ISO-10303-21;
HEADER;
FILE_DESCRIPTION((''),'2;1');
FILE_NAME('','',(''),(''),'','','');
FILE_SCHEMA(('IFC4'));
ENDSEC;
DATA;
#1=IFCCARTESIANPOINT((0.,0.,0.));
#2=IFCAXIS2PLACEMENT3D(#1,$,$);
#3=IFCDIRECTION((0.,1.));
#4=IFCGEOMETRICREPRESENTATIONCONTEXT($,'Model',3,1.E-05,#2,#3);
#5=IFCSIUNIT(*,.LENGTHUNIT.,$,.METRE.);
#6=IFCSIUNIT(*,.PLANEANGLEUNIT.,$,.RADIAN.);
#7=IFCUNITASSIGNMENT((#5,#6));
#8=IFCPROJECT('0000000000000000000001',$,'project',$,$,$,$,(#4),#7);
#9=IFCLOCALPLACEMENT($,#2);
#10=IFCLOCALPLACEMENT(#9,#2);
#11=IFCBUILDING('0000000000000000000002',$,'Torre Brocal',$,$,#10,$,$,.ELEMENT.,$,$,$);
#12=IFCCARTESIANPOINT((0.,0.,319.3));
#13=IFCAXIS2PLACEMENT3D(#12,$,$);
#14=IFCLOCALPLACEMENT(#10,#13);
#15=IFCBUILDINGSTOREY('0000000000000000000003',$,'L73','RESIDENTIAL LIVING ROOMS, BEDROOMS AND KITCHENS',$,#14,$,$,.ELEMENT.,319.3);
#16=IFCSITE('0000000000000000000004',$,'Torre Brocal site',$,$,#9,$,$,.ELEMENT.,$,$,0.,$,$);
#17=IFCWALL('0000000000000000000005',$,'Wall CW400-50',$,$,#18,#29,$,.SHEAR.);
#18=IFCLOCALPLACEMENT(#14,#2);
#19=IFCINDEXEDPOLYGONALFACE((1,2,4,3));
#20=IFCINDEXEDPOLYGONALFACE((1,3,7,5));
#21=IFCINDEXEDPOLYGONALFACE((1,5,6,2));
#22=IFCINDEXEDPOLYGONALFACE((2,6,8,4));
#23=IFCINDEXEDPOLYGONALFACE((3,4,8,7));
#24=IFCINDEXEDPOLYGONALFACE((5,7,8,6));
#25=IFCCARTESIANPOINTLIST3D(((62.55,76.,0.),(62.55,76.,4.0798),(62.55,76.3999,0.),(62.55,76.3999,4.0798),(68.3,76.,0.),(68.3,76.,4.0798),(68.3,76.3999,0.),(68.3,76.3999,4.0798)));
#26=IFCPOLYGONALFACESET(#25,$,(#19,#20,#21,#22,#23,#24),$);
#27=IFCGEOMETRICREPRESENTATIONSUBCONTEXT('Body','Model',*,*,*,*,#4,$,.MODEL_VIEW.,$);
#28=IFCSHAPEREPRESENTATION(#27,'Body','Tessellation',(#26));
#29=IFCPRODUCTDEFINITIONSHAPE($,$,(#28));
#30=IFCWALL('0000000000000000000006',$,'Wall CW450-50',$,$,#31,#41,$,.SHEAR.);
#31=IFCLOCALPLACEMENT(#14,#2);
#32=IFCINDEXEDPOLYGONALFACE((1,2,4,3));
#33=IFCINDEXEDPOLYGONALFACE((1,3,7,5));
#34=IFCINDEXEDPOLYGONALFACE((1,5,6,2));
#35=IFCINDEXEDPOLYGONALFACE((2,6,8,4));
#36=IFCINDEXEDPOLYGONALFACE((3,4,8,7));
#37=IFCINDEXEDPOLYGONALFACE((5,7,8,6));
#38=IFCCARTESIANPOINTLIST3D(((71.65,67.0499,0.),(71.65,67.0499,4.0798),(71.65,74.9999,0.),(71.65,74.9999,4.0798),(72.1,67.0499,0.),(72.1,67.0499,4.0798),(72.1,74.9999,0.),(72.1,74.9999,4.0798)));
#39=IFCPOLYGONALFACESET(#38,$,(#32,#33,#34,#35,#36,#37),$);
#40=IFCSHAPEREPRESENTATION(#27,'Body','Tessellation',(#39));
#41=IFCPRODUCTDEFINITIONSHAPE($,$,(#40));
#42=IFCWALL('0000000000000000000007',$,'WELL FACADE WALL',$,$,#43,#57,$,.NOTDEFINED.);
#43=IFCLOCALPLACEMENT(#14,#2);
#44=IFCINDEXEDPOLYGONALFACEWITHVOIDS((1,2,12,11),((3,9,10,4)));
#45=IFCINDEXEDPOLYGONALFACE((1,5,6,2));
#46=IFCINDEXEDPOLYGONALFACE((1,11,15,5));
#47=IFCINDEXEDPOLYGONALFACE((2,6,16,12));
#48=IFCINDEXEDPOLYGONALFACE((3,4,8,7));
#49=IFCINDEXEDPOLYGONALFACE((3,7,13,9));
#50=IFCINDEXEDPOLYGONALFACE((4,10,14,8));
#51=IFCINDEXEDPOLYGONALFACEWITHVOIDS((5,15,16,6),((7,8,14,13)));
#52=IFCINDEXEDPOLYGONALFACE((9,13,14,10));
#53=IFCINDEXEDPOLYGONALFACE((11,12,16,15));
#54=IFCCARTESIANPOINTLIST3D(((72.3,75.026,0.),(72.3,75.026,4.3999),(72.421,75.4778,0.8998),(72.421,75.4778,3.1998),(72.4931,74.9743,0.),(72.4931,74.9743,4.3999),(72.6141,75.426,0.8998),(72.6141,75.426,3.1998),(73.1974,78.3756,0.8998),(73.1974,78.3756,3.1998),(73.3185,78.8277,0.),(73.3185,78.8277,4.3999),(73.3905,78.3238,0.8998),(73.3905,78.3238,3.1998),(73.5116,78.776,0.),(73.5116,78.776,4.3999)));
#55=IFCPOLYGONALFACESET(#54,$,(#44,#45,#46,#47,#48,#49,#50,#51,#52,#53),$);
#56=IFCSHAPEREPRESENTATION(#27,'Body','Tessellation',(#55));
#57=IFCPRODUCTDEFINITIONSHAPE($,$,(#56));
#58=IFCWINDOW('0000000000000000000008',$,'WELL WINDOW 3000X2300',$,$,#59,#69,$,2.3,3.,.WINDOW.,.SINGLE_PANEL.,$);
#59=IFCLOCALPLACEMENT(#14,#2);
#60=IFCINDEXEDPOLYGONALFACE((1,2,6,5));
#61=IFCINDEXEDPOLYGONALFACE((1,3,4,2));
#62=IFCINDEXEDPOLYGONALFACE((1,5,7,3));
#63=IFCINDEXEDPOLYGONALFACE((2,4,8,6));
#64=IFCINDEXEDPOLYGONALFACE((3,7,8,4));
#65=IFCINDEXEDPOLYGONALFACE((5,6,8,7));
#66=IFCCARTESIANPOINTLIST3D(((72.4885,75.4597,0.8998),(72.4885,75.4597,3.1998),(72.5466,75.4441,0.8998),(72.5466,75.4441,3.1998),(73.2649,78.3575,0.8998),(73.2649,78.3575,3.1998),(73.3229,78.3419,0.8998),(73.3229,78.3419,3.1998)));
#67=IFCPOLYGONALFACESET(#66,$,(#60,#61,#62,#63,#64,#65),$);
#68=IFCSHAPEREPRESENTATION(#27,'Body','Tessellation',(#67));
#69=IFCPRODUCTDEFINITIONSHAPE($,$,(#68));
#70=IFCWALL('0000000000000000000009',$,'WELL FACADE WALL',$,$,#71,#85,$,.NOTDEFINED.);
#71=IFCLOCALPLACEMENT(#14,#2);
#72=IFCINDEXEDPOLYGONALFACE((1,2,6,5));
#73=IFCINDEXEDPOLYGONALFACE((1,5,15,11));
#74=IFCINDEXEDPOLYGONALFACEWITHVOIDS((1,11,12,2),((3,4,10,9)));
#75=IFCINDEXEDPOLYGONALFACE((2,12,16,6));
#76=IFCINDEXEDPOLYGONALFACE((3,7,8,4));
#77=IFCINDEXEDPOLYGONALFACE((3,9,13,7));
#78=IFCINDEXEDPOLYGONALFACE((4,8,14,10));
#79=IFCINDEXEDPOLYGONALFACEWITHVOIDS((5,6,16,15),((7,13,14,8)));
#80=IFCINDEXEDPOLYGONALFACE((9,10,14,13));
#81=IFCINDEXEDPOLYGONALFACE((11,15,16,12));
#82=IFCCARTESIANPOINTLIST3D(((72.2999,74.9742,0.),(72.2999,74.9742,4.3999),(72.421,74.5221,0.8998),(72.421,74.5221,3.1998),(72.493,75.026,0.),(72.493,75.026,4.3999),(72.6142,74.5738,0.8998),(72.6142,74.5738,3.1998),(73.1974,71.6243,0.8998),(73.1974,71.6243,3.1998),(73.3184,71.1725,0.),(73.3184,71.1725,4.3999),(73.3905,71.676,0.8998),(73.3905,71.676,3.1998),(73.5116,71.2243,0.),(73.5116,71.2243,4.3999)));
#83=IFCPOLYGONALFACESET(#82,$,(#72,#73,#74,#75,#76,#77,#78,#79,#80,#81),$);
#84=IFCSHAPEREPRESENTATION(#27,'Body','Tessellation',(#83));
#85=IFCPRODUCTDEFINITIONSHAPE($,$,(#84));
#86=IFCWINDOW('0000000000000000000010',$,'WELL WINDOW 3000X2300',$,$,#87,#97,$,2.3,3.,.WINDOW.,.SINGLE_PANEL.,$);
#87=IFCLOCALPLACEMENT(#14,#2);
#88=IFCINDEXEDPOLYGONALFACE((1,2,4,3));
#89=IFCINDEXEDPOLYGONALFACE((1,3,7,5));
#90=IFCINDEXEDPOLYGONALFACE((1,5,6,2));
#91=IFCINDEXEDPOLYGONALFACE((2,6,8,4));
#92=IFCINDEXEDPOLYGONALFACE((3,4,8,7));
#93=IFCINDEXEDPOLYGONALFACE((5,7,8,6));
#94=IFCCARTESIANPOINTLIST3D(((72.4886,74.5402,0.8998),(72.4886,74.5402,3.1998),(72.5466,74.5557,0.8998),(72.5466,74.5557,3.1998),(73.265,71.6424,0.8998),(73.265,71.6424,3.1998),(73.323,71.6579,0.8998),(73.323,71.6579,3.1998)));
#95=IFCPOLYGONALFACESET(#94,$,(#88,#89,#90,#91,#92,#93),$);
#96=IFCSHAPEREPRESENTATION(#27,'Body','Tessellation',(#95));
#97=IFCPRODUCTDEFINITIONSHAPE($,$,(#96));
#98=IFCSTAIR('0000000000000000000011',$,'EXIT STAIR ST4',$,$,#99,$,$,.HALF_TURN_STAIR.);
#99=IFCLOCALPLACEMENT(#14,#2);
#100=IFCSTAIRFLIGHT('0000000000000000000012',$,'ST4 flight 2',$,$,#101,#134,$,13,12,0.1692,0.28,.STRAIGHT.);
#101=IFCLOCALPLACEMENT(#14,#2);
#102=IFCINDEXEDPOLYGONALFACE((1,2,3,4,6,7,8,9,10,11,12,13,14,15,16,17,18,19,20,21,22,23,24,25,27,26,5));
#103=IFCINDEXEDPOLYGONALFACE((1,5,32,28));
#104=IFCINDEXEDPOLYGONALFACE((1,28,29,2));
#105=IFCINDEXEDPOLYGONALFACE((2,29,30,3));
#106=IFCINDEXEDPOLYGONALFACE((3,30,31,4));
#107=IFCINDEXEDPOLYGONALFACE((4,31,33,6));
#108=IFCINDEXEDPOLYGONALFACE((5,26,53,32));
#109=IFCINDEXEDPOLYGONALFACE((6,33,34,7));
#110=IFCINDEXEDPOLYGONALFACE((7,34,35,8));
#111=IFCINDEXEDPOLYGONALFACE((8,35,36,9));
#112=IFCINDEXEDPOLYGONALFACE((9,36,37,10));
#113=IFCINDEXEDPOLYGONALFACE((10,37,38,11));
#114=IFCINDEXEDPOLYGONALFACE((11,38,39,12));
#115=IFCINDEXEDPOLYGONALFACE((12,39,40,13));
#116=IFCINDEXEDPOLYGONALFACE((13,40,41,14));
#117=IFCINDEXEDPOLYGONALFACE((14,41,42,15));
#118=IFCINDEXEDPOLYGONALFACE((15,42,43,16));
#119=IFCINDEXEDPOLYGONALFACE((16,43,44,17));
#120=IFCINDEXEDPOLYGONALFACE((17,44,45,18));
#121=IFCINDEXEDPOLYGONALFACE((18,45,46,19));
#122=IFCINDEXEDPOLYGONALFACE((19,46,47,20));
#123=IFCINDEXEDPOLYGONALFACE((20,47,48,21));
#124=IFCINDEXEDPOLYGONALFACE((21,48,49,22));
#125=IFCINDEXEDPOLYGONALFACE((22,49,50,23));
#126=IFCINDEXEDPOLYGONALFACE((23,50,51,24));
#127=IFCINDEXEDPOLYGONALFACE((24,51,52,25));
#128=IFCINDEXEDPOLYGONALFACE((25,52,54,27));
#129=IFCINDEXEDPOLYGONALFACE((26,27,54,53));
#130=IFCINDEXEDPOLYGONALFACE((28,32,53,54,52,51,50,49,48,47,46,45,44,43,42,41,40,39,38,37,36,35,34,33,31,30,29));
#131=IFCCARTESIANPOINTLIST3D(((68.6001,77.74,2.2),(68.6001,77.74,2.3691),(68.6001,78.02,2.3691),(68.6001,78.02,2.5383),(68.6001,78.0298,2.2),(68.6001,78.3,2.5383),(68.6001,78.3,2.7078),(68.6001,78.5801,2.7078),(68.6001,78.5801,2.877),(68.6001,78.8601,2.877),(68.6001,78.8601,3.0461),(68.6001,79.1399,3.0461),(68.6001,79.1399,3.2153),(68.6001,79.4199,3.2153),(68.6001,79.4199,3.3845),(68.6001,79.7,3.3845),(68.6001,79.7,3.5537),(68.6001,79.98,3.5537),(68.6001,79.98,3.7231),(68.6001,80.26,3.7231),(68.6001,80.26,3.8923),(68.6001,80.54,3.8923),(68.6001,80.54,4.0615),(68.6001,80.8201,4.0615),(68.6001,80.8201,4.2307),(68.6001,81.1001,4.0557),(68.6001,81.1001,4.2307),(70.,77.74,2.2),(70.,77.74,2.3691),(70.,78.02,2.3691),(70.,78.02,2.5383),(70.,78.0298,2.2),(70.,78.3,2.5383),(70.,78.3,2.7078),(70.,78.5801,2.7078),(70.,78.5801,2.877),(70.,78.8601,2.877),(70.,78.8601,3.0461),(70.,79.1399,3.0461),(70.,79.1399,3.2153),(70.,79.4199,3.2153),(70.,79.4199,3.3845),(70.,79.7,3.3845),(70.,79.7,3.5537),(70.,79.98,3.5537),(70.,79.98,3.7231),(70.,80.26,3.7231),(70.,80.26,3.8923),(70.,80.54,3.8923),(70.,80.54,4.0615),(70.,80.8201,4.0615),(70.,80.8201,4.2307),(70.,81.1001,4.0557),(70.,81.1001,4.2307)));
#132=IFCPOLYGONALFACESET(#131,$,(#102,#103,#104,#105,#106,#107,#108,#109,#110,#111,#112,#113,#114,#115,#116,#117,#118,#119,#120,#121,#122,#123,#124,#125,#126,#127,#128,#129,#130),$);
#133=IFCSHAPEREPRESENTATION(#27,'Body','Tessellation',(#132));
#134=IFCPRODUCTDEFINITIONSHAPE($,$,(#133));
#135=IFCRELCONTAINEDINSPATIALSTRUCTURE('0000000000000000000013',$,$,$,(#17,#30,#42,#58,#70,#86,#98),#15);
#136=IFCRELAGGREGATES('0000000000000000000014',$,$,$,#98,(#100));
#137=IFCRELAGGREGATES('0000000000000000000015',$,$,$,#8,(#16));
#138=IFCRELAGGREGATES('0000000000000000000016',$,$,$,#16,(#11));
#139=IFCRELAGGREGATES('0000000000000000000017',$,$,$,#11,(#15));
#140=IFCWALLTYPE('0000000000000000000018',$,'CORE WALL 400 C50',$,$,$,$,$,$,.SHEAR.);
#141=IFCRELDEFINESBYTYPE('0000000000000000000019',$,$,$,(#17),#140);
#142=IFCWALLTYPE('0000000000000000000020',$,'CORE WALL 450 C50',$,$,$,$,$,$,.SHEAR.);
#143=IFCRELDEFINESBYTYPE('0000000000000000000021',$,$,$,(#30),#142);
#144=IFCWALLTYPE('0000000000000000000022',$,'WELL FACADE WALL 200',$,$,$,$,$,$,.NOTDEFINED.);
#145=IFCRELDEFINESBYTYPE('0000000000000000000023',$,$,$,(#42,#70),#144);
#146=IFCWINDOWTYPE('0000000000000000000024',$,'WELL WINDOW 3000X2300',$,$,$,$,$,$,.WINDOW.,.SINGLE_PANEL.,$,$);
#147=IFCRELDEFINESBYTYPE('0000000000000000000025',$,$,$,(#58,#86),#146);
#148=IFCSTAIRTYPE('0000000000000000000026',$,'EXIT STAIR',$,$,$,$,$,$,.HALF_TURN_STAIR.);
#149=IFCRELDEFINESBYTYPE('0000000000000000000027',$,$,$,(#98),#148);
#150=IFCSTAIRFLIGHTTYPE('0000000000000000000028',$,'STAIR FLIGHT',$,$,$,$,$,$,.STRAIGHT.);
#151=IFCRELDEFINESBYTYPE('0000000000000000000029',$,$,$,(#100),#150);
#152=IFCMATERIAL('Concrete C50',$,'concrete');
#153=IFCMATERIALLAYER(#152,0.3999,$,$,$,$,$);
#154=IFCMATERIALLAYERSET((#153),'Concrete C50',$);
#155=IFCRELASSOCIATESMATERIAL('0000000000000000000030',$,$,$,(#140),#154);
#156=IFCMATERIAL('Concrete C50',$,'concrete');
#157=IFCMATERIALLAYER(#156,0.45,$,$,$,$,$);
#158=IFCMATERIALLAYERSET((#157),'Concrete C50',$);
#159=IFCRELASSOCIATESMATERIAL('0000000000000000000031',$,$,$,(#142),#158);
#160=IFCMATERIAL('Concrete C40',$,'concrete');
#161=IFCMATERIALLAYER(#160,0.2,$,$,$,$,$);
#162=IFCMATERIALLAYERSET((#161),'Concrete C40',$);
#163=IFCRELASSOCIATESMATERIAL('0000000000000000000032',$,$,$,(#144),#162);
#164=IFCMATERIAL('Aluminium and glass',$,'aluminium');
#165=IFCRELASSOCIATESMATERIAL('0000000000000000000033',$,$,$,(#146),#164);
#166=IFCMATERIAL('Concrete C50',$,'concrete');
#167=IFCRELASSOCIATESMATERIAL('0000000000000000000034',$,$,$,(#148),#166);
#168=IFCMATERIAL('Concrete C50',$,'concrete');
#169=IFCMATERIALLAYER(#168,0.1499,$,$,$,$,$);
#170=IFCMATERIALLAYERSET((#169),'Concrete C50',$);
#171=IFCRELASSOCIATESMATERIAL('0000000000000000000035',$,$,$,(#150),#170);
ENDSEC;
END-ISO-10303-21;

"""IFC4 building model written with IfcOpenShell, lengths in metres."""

from ifc_helpers import new_model, si_unit, direction, frame, frame_2d, origin, place, context, subcontext, project, spatial, polyline, rectangle, outline, extrude, material, layer, layer_set, type_object, element, fill, aggregate, save


model = new_model("IFC4")

# Units and contexts
model_context = context("Model", 3, precision=1e-05, world=origin(), true_north=direction((0.0, 1.0)))
body_context = subcontext(model_context, "Body", "Model", "MODEL_VIEW")
ifc_project = project(units=[si_unit("LENGTHUNIT", "METRE"), si_unit("PLANEANGLEUNIT", "RADIAN")], contexts=[model_context])

# Site, building, storey
site_placement = place(None, origin())
site = spatial("IfcSite", under=ifc_project, at=site_placement, Name="Torre Brocal site", CompositionType="ELEMENT", RefElevation=0.0)
building_placement = place(site_placement, origin())
building = spatial("IfcBuilding", under=site, at=building_placement, Name="Torre Brocal", CompositionType="ELEMENT")
storey_placement = place(building_placement, frame((0.0, 0.0, 319.3)))
storey = spatial("IfcBuildingStorey", under=building, at=storey_placement, Name="L73", Description="RESIDENTIAL LIVING ROOMS, BEDROOMS AND KITCHENS", CompositionType="ELEMENT", Elevation=319.3)

# Walls
ifc_material_1 = material(Name="Concrete C50", Category="concrete")
ifc_layer_1 = layer(ifc_material_1, 0.3999)
ifc_layer_set_1 = layer_set([ifc_layer_1], Name="Concrete C50")
wall_type_1 = type_object("IfcWallType", Name="CORE WALL 400 C50", PredefinedType="SHEAR", material=ifc_layer_set_1)
wall_1_placement = place(storey_placement, frame((68.3, 76.2, 0.0), z_axis=(0.0, 0.0, 1.0), x_axis=(-1.0, 0.0, 0.0)))
element("IfcWall", 1, at=wall_1_placement, inside=storey, type_object=wall_type_1, Name="Wall CW400-50", PredefinedType="SHEAR", context=body_context, shape_type="SweptSolid", body=[
    extrude(rectangle(XDim=5.75, YDim=0.3999, at=frame_2d((2.875, 0.0))), origin(), (0.0, 0.0, 1.0), 4.0798),
])
ifc_material_2 = material(Name="Concrete C50", Category="concrete")
ifc_layer_2 = layer(ifc_material_2, 0.45)
ifc_layer_set_2 = layer_set([ifc_layer_2], Name="Concrete C50")
wall_type_2 = type_object("IfcWallType", Name="CORE WALL 450 C50", PredefinedType="SHEAR", material=ifc_layer_set_2)
wall_2_placement = place(storey_placement, frame((71.875, 75.0, 0.0), z_axis=(0.0, 0.0, 1.0), x_axis=(0.0, -1.0, 0.0)))
element("IfcWall", 2, at=wall_2_placement, inside=storey, type_object=wall_type_2, Name="Wall CW450-50", PredefinedType="SHEAR", context=body_context, shape_type="SweptSolid", body=[
    extrude(rectangle(XDim=7.95, YDim=0.45, at=frame_2d((3.9751, 0.0))), origin(), (0.0, 0.0, 1.0), 4.0798),
])

# Walls, openings, windows
ifc_material_3 = material(Name="Concrete C40", Category="concrete")
ifc_layer_3 = layer(ifc_material_3, 0.2)
ifc_layer_set_3 = layer_set([ifc_layer_3], Name="Concrete C40")
wall_type_3 = type_object("IfcWallType", Name="WELL FACADE WALL 200", PredefinedType="NOTDEFINED", material=ifc_layer_set_3)
wall_3_placement = place(storey_placement, frame((73.415, 78.8018, 0.0), z_axis=(0.0, 0.0, 1.0), x_axis=(-0.25879, -0.965934, 0.0)))
wall_3 = element("IfcWall", 3, at=wall_3_placement, inside=storey, type_object=wall_type_3, Name="WELL FACADE WALL", PredefinedType="NOTDEFINED", context=body_context, shape_type="SweptSolid", body=[
    extrude(rectangle(XDim=3.9358, YDim=0.2, at=frame_2d((1.9678, 0.0))), origin(), (0.0, 0.0, 1.0), 4.3999),
])
opening_1_placement = place(wall_3_placement, frame((0.468, 0.0, 0.8999)))
opening_1 = element("IfcOpeningElement", 4, at=opening_1_placement, cuts=wall_3, PredefinedType="OPENING", context=body_context, shape_type="SweptSolid", body=[
    extrude(rectangle(XDim=3.0, YDim=2.3, at=frame_2d((1.5, 1.1499))), frame((0.0, 0.1099, 0.0), z_axis=(0.0, -1.0, 0.0), x_axis=(1.0, 0.0, 0.0)), (0.0, 0.0, 1.0), 0.22),
])
ifc_material_4 = material(Name="Aluminium and glass", Category="aluminium")
window_type = type_object("IfcWindowType", Name="WELL WINDOW 3000X2300", PartitioningType="SINGLE_PANEL", PredefinedType="WINDOW", material=ifc_material_4)
window_1_placement = place(opening_1_placement, origin())
window_1 = element("IfcWindow", 5, at=window_1_placement, inside=storey, type_object=window_type, Name="WELL WINDOW 3000X2300", OverallHeight=2.3, OverallWidth=3.0, PartitioningType="SINGLE_PANEL", PredefinedType="WINDOW", context=body_context, shape_type="SweptSolid", body=[
    extrude(rectangle(XDim=3.0, YDim=2.3, at=frame_2d((1.5, 1.1499))), frame((0.0, 0.03, 0.0), z_axis=(0.0, -1.0, 0.0), x_axis=(1.0, 0.0, 0.0)), (0.0, 0.0, 1.0), 0.0601),
])
fill(opening_1, window_1)
wall_4_placement = place(storey_placement, frame((72.3965, 75.0, 0.0), z_axis=(0.0, 0.0, 1.0), x_axis=(0.25879, -0.965934, 0.0)))
wall_4 = element("IfcWall", 6, at=wall_4_placement, inside=storey, type_object=wall_type_3, Name="WELL FACADE WALL", PredefinedType="NOTDEFINED", context=body_context, shape_type="SweptSolid", body=[
    extrude(rectangle(XDim=3.9358, YDim=0.2, at=frame_2d((1.9678, 0.0))), origin(), (0.0, 0.0, 1.0), 4.3999),
])
opening_2_placement = place(wall_4_placement, frame((0.468, 0.0, 0.8999)))
opening_2 = element("IfcOpeningElement", 7, at=opening_2_placement, cuts=wall_4, PredefinedType="OPENING", context=body_context, shape_type="SweptSolid", body=[
    extrude(rectangle(XDim=3.0, YDim=2.3, at=frame_2d((1.5, 1.1499))), frame((0.0, 0.1099, 0.0), z_axis=(0.0, -1.0, 0.0), x_axis=(1.0, 0.0, 0.0)), (0.0, 0.0, 1.0), 0.22),
])
window_2_placement = place(opening_2_placement, origin())
window_2 = element("IfcWindow", 8, at=window_2_placement, inside=storey, type_object=window_type, Name="WELL WINDOW 3000X2300", OverallHeight=2.3, OverallWidth=3.0, PartitioningType="SINGLE_PANEL", PredefinedType="WINDOW", context=body_context, shape_type="SweptSolid", body=[
    extrude(rectangle(XDim=3.0, YDim=2.3, at=frame_2d((1.5, 1.1499))), frame((0.0, 0.03, 0.0), z_axis=(0.0, -1.0, 0.0), x_axis=(1.0, 0.0, 0.0)), (0.0, 0.0, 1.0), 0.0601),
])
fill(opening_2, window_2)

# Stair, stair flight
ifc_material_5 = material(Name="Concrete C50", Category="concrete")
stair_type = type_object("IfcStairType", Name="EXIT STAIR", PredefinedType="HALF_TURN_STAIR", material=ifc_material_5)
stair_placement = place(storey_placement, origin())
stair = element("IfcStair", 9, at=stair_placement, inside=storey, type_object=stair_type, Name="EXIT STAIR ST4", PredefinedType="HALF_TURN_STAIR")
ifc_material_6 = material(Name="Concrete C50", Category="concrete")
ifc_layer_4 = layer(ifc_material_6, 0.1499)
ifc_layer_set_4 = layer_set([ifc_layer_4], Name="Concrete C50")
stair_flight_type = type_object("IfcStairFlightType", Name="STAIR FLIGHT", PredefinedType="STRAIGHT", material=ifc_layer_set_4)
stair_flight_placement = place(storey_placement, frame((69.3, 77.74, 2.2), z_axis=(0.0, 0.0, 1.0), x_axis=(0.0, 1.0, 0.0)))
stair_flight = element("IfcStairFlight", 10, at=stair_flight_placement, type_object=stair_flight_type, Name="ST4 flight 2", NumberOfRisers=13, NumberOfTreads=12, PredefinedType="STRAIGHT", RiserHeight=0.1692, TreadLength=0.28, context=body_context, shape_type="SweptSolid", body=[
    extrude(outline(polyline([(0.0, 0.0), (0.0, 0.1692), (0.28, 0.1692), (0.28, 0.3384), (0.5601, 0.3384), (0.5601, 0.5078), (0.8401, 0.5078), (0.8401, 0.677), (1.1201, 0.677), (1.1201, 0.8462), (1.3999, 0.8462), (1.3999, 1.0154), (1.6799, 1.0154), (1.6799, 1.1846), (1.96, 1.1846), (1.96, 1.3538), (2.24, 1.3538), (2.24, 1.5232), (2.52, 1.5232), (2.52, 1.6924), (2.8, 1.6924), (2.8, 1.8616), (3.0801, 1.8616), (3.0801, 2.0308), (3.3601, 2.0308), (3.3601, 2.2), (3.3601, 1.8557), (0.2898, 0.0), (0.0, 0.0)])), frame((0.0, 0.7, 0.0), z_axis=(0.0, -1.0, 0.0), x_axis=(1.0, 0.0, 0.0)), (0.0, 0.0, 1.0), 1.3999),
])
aggregate(stair, [stair_flight])

save(model, "model.ifc")
